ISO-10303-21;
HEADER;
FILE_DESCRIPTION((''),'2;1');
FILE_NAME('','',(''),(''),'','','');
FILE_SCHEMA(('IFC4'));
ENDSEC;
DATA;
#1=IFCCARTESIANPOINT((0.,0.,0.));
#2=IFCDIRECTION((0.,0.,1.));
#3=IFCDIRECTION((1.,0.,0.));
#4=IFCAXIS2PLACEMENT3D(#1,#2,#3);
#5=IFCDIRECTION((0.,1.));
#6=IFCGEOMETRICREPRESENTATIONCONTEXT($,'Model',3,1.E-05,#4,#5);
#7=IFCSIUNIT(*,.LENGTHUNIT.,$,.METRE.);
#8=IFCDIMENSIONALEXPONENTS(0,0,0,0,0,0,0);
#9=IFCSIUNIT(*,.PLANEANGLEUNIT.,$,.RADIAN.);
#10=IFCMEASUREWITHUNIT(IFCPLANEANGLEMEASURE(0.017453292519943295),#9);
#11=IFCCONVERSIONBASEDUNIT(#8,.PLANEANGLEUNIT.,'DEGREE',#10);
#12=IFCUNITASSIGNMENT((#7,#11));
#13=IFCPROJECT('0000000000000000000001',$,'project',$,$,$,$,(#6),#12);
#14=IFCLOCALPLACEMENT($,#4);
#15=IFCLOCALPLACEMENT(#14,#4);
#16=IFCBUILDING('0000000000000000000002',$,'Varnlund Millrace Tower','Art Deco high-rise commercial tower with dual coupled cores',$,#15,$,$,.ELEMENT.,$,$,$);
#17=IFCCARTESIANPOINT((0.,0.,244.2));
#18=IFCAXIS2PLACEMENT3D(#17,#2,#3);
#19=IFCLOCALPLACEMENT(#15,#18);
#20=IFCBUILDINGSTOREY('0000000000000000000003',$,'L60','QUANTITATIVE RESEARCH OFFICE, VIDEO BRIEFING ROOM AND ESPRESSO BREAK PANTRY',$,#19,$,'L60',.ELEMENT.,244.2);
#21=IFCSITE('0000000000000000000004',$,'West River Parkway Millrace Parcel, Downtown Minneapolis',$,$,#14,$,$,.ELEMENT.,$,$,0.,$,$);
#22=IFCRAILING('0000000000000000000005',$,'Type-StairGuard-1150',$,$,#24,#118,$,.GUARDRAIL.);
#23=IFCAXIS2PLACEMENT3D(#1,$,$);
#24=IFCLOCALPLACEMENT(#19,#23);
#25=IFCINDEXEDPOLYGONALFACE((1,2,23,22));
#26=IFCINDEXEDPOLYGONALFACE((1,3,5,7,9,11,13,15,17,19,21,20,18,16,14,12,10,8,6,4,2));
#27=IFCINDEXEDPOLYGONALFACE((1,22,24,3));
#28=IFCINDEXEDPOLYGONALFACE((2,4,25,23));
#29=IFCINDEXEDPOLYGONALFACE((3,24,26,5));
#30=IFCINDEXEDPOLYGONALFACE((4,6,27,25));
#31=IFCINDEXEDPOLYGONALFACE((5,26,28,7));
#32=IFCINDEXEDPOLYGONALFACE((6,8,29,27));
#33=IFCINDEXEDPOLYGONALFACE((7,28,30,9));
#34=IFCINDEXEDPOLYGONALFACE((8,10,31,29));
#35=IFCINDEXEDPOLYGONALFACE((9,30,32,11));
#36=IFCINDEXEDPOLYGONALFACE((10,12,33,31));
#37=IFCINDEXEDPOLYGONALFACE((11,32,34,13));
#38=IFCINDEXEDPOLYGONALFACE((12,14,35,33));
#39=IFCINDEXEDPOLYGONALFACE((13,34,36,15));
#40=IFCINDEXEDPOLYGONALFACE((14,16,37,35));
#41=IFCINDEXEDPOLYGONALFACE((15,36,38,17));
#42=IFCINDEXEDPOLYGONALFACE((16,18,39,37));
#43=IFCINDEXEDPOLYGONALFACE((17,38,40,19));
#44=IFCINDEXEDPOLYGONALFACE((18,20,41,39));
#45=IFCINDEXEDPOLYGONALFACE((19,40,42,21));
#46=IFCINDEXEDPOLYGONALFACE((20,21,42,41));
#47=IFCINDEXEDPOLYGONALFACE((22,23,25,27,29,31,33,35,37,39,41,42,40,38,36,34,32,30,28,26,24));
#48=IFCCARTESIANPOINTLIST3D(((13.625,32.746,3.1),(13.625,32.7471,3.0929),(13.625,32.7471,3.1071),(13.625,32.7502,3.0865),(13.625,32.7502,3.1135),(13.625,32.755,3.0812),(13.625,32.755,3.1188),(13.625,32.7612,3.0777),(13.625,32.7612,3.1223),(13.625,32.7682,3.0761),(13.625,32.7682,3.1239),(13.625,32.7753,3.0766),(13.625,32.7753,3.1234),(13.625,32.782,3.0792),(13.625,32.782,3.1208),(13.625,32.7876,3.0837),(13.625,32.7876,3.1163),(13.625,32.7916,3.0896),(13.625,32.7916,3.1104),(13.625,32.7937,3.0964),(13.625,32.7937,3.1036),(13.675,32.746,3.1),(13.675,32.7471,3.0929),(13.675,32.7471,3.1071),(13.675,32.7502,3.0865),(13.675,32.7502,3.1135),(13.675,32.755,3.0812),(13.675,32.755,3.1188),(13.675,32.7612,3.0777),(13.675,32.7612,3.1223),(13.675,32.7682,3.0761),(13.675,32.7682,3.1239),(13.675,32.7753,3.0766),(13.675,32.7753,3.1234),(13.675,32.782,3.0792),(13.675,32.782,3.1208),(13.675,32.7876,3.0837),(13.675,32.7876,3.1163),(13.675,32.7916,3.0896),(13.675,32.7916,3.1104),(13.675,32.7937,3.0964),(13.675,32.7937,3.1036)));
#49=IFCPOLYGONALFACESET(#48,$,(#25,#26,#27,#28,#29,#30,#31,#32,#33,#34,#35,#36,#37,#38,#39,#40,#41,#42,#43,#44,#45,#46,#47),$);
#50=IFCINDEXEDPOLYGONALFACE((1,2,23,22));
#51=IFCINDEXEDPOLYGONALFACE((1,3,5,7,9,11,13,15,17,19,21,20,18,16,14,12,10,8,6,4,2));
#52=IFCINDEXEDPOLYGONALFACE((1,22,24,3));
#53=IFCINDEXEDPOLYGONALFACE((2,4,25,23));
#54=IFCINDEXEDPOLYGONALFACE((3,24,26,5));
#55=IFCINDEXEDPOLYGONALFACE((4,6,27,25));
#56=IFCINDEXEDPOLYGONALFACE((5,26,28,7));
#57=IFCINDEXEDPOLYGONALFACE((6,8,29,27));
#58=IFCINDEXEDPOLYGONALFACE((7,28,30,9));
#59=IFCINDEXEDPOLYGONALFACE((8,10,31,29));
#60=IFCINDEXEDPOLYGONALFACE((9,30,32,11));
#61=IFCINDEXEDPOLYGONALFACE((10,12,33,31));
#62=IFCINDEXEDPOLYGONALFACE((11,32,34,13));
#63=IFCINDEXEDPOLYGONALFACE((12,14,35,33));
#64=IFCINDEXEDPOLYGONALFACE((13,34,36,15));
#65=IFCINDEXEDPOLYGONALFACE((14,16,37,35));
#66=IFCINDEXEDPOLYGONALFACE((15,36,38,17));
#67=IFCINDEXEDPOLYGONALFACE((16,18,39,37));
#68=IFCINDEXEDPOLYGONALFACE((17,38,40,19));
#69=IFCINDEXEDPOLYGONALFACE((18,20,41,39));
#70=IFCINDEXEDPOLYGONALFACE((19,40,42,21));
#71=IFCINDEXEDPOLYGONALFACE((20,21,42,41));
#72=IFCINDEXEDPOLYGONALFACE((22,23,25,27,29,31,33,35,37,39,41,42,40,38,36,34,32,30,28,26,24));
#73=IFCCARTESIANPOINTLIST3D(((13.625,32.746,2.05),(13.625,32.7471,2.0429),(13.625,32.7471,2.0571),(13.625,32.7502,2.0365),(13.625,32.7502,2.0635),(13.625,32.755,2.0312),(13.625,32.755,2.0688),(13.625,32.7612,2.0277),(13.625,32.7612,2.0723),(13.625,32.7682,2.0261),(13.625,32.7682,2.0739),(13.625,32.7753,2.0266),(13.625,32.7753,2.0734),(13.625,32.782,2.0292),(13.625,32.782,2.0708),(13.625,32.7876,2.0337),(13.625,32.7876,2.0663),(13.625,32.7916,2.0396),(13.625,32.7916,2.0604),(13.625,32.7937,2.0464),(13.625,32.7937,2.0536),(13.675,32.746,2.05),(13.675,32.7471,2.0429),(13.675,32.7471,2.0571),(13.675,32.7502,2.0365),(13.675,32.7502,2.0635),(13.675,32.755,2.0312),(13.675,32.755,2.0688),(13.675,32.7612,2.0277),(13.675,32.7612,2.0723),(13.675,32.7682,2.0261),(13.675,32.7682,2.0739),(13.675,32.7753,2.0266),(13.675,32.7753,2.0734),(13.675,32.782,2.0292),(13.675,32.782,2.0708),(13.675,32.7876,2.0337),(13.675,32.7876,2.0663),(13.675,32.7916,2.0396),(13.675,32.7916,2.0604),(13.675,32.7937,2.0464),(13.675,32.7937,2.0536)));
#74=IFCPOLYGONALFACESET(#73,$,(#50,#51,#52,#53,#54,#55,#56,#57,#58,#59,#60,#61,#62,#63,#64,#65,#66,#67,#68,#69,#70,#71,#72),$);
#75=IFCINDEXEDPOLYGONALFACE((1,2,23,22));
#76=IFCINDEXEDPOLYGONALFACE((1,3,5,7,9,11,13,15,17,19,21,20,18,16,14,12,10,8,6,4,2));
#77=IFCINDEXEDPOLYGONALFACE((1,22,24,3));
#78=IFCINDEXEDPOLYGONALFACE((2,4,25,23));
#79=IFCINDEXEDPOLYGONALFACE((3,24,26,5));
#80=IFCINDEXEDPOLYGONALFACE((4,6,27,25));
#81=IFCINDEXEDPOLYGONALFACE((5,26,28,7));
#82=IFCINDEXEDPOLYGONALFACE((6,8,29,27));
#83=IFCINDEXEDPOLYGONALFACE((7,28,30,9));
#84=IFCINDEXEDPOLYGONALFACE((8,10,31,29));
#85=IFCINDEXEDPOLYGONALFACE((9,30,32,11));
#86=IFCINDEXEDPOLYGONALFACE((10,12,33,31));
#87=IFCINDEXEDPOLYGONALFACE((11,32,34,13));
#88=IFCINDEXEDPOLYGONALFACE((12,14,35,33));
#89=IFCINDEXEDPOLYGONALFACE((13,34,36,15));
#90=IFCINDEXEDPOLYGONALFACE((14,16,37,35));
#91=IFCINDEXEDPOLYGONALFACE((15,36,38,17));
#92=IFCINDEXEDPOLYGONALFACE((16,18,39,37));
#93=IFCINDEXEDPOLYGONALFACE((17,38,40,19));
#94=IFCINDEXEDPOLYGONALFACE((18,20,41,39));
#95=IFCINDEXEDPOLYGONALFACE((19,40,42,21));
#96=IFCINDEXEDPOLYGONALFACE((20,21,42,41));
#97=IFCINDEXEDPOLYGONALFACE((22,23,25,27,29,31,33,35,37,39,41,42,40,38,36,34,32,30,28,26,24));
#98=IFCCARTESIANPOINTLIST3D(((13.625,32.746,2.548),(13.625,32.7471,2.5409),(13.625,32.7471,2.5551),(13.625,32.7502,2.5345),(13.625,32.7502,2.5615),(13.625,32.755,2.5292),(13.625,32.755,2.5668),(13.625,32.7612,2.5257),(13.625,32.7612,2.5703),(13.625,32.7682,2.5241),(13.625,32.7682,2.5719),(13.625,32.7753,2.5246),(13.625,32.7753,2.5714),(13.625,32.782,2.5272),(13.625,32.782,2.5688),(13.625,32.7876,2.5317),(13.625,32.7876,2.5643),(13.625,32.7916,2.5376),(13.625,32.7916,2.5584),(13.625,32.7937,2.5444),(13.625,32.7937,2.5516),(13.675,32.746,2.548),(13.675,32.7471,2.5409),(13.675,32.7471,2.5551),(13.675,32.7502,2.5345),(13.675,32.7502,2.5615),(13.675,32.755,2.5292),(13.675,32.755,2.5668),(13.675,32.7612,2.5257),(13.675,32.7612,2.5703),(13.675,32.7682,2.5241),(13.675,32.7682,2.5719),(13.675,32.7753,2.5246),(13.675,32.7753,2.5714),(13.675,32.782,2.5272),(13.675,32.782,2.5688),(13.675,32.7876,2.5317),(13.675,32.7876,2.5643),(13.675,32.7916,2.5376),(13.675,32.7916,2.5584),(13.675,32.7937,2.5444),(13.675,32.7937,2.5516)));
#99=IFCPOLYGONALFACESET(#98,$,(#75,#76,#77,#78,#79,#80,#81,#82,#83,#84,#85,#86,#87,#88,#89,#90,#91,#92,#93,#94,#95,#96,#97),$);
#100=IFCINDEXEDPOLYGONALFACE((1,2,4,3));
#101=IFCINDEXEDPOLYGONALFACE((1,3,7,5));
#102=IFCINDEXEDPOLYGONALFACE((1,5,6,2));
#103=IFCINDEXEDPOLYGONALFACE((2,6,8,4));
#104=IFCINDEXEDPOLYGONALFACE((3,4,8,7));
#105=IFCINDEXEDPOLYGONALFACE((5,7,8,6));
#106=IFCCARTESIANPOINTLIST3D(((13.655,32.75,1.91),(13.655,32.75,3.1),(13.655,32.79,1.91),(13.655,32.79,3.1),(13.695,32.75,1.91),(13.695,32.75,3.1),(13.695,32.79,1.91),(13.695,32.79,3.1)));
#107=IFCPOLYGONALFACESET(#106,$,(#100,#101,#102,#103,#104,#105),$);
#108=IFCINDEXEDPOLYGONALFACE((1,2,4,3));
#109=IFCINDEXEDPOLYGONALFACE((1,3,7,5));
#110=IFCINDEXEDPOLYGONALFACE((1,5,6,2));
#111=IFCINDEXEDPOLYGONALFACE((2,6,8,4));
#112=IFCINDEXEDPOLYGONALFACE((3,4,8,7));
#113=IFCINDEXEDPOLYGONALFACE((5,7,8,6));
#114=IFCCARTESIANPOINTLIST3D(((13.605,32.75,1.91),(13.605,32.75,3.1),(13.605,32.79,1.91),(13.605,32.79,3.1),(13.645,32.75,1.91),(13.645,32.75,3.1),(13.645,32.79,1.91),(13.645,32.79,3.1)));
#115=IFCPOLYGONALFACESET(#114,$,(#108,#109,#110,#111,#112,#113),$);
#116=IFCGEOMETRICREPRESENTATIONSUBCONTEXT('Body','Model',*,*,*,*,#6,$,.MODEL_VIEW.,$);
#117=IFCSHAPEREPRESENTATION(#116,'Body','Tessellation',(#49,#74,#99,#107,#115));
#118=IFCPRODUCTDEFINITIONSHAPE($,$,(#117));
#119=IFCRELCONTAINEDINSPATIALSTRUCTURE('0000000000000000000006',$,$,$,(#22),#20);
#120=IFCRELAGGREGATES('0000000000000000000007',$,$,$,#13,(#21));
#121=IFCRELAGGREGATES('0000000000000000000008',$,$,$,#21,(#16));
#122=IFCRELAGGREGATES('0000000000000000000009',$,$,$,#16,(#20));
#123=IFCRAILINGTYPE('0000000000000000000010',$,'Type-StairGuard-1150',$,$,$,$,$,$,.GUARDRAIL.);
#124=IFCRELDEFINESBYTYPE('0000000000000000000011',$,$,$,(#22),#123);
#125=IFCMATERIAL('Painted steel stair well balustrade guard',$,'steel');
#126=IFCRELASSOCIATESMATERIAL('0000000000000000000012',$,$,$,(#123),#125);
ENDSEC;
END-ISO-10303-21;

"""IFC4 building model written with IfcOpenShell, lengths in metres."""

from ifc_helpers import new_model, entity, si_unit, converted_unit, direction, frame, origin_with_axes, origin_2d_with_axis, place, context, subcontext, project, spatial, rectangle, circle, extrude, material, type_object, element, save


model = new_model("IFC4")

# Units and contexts
model_context = context("Model", 3, precision=1e-05, world=origin_with_axes(), true_north=direction((0.0, 1.0)))
body_context = subcontext(model_context, "Body", "Model", "MODEL_VIEW")
ifc_project = project(units=[si_unit("LENGTHUNIT", "METRE"), converted_unit("PLANEANGLEUNIT", "DEGREE", entity("IfcPlaneAngleMeasure", 0.017453292519943295), si_unit("PLANEANGLEUNIT", "RADIAN"), dimensions=[0, 0, 0, 0, 0, 0, 0])], contexts=[model_context])

# Site, building, storey
site_placement = place(None, origin_with_axes())
site = spatial("IfcSite", under=ifc_project, at=site_placement, Name="West River Parkway Millrace Parcel, Downtown Minneapolis", CompositionType="ELEMENT", RefElevation=0.0)
building_placement = place(site_placement, origin_with_axes())
building = spatial("IfcBuilding", under=site, at=building_placement, Name="Varnlund Millrace Tower", Description="Art Deco high-rise commercial tower with dual coupled cores", CompositionType="ELEMENT")
storey_placement = place(building_placement, frame((0.0, 0.0, 244.2), z_axis=(0.0, 0.0, 1.0), x_axis=(1.0, 0.0, 0.0)))
storey = spatial("IfcBuildingStorey", under=building, at=storey_placement, Name="L60", Description="QUANTITATIVE RESEARCH OFFICE, VIDEO BRIEFING ROOM AND ESPRESSO BREAK PANTRY", LongName="L60", CompositionType="ELEMENT", Elevation=244.2)

# Railing
ifc_material_1 = material(Name="Painted steel stair well balustrade guard", Category="steel")
railing_type_1 = type_object("IfcRailingType", Name="Type-StairGuard-1150", PredefinedType="GUARDRAIL", material=ifc_material_1)
railing_1_placement = place(storey_placement, frame((0.0, 0.0, -244.2), z_axis=(0.0, 0.0, 1.0), x_axis=(1.0, 0.0, 0.0)))
element("IfcRailing", 1, at=railing_1_placement, inside=storey, type_object=railing_type_1, Name="Type-StairGuard-1150", PredefinedType="GUARDRAIL", context=body_context, shape_type="SweptSolid", body=[
    extrude(circle(Radius=0.024, at=origin_2d_with_axis()), frame((13.675, 32.77, 247.3), z_axis=(-1.0, 0.0, 0.0), x_axis=(0.0, -1.0, 0.0)), (0.0, 0.0, 1.0), 0.05),
    extrude(circle(Radius=0.024, at=origin_2d_with_axis()), frame((13.675, 32.77, 246.25), z_axis=(-1.0, 0.0, 0.0), x_axis=(0.0, -1.0, 0.0)), (0.0, 0.0, 1.0), 0.05),
    extrude(circle(Radius=0.024, at=origin_2d_with_axis()), frame((13.675, 32.77, 246.748), z_axis=(-1.0, 0.0, 0.0), x_axis=(0.0, -1.0, 0.0)), (0.0, 0.0, 1.0), 0.05),
    extrude(rectangle(XDim=0.04, YDim=0.04, at=origin_2d_with_axis()), frame((13.675, 32.77, 246.11), z_axis=(0.0, 0.0, 1.0), x_axis=(1.0, 0.0, 0.0)), (0.0, 0.0, 1.0), 1.19),
    extrude(rectangle(XDim=0.04, YDim=0.04, at=origin_2d_with_axis()), frame((13.625, 32.77, 246.11), z_axis=(0.0, 0.0, 1.0), x_axis=(1.0, 0.0, 0.0)), (0.0, 0.0, 1.0), 1.19),
])

save(model, "model.ifc")
